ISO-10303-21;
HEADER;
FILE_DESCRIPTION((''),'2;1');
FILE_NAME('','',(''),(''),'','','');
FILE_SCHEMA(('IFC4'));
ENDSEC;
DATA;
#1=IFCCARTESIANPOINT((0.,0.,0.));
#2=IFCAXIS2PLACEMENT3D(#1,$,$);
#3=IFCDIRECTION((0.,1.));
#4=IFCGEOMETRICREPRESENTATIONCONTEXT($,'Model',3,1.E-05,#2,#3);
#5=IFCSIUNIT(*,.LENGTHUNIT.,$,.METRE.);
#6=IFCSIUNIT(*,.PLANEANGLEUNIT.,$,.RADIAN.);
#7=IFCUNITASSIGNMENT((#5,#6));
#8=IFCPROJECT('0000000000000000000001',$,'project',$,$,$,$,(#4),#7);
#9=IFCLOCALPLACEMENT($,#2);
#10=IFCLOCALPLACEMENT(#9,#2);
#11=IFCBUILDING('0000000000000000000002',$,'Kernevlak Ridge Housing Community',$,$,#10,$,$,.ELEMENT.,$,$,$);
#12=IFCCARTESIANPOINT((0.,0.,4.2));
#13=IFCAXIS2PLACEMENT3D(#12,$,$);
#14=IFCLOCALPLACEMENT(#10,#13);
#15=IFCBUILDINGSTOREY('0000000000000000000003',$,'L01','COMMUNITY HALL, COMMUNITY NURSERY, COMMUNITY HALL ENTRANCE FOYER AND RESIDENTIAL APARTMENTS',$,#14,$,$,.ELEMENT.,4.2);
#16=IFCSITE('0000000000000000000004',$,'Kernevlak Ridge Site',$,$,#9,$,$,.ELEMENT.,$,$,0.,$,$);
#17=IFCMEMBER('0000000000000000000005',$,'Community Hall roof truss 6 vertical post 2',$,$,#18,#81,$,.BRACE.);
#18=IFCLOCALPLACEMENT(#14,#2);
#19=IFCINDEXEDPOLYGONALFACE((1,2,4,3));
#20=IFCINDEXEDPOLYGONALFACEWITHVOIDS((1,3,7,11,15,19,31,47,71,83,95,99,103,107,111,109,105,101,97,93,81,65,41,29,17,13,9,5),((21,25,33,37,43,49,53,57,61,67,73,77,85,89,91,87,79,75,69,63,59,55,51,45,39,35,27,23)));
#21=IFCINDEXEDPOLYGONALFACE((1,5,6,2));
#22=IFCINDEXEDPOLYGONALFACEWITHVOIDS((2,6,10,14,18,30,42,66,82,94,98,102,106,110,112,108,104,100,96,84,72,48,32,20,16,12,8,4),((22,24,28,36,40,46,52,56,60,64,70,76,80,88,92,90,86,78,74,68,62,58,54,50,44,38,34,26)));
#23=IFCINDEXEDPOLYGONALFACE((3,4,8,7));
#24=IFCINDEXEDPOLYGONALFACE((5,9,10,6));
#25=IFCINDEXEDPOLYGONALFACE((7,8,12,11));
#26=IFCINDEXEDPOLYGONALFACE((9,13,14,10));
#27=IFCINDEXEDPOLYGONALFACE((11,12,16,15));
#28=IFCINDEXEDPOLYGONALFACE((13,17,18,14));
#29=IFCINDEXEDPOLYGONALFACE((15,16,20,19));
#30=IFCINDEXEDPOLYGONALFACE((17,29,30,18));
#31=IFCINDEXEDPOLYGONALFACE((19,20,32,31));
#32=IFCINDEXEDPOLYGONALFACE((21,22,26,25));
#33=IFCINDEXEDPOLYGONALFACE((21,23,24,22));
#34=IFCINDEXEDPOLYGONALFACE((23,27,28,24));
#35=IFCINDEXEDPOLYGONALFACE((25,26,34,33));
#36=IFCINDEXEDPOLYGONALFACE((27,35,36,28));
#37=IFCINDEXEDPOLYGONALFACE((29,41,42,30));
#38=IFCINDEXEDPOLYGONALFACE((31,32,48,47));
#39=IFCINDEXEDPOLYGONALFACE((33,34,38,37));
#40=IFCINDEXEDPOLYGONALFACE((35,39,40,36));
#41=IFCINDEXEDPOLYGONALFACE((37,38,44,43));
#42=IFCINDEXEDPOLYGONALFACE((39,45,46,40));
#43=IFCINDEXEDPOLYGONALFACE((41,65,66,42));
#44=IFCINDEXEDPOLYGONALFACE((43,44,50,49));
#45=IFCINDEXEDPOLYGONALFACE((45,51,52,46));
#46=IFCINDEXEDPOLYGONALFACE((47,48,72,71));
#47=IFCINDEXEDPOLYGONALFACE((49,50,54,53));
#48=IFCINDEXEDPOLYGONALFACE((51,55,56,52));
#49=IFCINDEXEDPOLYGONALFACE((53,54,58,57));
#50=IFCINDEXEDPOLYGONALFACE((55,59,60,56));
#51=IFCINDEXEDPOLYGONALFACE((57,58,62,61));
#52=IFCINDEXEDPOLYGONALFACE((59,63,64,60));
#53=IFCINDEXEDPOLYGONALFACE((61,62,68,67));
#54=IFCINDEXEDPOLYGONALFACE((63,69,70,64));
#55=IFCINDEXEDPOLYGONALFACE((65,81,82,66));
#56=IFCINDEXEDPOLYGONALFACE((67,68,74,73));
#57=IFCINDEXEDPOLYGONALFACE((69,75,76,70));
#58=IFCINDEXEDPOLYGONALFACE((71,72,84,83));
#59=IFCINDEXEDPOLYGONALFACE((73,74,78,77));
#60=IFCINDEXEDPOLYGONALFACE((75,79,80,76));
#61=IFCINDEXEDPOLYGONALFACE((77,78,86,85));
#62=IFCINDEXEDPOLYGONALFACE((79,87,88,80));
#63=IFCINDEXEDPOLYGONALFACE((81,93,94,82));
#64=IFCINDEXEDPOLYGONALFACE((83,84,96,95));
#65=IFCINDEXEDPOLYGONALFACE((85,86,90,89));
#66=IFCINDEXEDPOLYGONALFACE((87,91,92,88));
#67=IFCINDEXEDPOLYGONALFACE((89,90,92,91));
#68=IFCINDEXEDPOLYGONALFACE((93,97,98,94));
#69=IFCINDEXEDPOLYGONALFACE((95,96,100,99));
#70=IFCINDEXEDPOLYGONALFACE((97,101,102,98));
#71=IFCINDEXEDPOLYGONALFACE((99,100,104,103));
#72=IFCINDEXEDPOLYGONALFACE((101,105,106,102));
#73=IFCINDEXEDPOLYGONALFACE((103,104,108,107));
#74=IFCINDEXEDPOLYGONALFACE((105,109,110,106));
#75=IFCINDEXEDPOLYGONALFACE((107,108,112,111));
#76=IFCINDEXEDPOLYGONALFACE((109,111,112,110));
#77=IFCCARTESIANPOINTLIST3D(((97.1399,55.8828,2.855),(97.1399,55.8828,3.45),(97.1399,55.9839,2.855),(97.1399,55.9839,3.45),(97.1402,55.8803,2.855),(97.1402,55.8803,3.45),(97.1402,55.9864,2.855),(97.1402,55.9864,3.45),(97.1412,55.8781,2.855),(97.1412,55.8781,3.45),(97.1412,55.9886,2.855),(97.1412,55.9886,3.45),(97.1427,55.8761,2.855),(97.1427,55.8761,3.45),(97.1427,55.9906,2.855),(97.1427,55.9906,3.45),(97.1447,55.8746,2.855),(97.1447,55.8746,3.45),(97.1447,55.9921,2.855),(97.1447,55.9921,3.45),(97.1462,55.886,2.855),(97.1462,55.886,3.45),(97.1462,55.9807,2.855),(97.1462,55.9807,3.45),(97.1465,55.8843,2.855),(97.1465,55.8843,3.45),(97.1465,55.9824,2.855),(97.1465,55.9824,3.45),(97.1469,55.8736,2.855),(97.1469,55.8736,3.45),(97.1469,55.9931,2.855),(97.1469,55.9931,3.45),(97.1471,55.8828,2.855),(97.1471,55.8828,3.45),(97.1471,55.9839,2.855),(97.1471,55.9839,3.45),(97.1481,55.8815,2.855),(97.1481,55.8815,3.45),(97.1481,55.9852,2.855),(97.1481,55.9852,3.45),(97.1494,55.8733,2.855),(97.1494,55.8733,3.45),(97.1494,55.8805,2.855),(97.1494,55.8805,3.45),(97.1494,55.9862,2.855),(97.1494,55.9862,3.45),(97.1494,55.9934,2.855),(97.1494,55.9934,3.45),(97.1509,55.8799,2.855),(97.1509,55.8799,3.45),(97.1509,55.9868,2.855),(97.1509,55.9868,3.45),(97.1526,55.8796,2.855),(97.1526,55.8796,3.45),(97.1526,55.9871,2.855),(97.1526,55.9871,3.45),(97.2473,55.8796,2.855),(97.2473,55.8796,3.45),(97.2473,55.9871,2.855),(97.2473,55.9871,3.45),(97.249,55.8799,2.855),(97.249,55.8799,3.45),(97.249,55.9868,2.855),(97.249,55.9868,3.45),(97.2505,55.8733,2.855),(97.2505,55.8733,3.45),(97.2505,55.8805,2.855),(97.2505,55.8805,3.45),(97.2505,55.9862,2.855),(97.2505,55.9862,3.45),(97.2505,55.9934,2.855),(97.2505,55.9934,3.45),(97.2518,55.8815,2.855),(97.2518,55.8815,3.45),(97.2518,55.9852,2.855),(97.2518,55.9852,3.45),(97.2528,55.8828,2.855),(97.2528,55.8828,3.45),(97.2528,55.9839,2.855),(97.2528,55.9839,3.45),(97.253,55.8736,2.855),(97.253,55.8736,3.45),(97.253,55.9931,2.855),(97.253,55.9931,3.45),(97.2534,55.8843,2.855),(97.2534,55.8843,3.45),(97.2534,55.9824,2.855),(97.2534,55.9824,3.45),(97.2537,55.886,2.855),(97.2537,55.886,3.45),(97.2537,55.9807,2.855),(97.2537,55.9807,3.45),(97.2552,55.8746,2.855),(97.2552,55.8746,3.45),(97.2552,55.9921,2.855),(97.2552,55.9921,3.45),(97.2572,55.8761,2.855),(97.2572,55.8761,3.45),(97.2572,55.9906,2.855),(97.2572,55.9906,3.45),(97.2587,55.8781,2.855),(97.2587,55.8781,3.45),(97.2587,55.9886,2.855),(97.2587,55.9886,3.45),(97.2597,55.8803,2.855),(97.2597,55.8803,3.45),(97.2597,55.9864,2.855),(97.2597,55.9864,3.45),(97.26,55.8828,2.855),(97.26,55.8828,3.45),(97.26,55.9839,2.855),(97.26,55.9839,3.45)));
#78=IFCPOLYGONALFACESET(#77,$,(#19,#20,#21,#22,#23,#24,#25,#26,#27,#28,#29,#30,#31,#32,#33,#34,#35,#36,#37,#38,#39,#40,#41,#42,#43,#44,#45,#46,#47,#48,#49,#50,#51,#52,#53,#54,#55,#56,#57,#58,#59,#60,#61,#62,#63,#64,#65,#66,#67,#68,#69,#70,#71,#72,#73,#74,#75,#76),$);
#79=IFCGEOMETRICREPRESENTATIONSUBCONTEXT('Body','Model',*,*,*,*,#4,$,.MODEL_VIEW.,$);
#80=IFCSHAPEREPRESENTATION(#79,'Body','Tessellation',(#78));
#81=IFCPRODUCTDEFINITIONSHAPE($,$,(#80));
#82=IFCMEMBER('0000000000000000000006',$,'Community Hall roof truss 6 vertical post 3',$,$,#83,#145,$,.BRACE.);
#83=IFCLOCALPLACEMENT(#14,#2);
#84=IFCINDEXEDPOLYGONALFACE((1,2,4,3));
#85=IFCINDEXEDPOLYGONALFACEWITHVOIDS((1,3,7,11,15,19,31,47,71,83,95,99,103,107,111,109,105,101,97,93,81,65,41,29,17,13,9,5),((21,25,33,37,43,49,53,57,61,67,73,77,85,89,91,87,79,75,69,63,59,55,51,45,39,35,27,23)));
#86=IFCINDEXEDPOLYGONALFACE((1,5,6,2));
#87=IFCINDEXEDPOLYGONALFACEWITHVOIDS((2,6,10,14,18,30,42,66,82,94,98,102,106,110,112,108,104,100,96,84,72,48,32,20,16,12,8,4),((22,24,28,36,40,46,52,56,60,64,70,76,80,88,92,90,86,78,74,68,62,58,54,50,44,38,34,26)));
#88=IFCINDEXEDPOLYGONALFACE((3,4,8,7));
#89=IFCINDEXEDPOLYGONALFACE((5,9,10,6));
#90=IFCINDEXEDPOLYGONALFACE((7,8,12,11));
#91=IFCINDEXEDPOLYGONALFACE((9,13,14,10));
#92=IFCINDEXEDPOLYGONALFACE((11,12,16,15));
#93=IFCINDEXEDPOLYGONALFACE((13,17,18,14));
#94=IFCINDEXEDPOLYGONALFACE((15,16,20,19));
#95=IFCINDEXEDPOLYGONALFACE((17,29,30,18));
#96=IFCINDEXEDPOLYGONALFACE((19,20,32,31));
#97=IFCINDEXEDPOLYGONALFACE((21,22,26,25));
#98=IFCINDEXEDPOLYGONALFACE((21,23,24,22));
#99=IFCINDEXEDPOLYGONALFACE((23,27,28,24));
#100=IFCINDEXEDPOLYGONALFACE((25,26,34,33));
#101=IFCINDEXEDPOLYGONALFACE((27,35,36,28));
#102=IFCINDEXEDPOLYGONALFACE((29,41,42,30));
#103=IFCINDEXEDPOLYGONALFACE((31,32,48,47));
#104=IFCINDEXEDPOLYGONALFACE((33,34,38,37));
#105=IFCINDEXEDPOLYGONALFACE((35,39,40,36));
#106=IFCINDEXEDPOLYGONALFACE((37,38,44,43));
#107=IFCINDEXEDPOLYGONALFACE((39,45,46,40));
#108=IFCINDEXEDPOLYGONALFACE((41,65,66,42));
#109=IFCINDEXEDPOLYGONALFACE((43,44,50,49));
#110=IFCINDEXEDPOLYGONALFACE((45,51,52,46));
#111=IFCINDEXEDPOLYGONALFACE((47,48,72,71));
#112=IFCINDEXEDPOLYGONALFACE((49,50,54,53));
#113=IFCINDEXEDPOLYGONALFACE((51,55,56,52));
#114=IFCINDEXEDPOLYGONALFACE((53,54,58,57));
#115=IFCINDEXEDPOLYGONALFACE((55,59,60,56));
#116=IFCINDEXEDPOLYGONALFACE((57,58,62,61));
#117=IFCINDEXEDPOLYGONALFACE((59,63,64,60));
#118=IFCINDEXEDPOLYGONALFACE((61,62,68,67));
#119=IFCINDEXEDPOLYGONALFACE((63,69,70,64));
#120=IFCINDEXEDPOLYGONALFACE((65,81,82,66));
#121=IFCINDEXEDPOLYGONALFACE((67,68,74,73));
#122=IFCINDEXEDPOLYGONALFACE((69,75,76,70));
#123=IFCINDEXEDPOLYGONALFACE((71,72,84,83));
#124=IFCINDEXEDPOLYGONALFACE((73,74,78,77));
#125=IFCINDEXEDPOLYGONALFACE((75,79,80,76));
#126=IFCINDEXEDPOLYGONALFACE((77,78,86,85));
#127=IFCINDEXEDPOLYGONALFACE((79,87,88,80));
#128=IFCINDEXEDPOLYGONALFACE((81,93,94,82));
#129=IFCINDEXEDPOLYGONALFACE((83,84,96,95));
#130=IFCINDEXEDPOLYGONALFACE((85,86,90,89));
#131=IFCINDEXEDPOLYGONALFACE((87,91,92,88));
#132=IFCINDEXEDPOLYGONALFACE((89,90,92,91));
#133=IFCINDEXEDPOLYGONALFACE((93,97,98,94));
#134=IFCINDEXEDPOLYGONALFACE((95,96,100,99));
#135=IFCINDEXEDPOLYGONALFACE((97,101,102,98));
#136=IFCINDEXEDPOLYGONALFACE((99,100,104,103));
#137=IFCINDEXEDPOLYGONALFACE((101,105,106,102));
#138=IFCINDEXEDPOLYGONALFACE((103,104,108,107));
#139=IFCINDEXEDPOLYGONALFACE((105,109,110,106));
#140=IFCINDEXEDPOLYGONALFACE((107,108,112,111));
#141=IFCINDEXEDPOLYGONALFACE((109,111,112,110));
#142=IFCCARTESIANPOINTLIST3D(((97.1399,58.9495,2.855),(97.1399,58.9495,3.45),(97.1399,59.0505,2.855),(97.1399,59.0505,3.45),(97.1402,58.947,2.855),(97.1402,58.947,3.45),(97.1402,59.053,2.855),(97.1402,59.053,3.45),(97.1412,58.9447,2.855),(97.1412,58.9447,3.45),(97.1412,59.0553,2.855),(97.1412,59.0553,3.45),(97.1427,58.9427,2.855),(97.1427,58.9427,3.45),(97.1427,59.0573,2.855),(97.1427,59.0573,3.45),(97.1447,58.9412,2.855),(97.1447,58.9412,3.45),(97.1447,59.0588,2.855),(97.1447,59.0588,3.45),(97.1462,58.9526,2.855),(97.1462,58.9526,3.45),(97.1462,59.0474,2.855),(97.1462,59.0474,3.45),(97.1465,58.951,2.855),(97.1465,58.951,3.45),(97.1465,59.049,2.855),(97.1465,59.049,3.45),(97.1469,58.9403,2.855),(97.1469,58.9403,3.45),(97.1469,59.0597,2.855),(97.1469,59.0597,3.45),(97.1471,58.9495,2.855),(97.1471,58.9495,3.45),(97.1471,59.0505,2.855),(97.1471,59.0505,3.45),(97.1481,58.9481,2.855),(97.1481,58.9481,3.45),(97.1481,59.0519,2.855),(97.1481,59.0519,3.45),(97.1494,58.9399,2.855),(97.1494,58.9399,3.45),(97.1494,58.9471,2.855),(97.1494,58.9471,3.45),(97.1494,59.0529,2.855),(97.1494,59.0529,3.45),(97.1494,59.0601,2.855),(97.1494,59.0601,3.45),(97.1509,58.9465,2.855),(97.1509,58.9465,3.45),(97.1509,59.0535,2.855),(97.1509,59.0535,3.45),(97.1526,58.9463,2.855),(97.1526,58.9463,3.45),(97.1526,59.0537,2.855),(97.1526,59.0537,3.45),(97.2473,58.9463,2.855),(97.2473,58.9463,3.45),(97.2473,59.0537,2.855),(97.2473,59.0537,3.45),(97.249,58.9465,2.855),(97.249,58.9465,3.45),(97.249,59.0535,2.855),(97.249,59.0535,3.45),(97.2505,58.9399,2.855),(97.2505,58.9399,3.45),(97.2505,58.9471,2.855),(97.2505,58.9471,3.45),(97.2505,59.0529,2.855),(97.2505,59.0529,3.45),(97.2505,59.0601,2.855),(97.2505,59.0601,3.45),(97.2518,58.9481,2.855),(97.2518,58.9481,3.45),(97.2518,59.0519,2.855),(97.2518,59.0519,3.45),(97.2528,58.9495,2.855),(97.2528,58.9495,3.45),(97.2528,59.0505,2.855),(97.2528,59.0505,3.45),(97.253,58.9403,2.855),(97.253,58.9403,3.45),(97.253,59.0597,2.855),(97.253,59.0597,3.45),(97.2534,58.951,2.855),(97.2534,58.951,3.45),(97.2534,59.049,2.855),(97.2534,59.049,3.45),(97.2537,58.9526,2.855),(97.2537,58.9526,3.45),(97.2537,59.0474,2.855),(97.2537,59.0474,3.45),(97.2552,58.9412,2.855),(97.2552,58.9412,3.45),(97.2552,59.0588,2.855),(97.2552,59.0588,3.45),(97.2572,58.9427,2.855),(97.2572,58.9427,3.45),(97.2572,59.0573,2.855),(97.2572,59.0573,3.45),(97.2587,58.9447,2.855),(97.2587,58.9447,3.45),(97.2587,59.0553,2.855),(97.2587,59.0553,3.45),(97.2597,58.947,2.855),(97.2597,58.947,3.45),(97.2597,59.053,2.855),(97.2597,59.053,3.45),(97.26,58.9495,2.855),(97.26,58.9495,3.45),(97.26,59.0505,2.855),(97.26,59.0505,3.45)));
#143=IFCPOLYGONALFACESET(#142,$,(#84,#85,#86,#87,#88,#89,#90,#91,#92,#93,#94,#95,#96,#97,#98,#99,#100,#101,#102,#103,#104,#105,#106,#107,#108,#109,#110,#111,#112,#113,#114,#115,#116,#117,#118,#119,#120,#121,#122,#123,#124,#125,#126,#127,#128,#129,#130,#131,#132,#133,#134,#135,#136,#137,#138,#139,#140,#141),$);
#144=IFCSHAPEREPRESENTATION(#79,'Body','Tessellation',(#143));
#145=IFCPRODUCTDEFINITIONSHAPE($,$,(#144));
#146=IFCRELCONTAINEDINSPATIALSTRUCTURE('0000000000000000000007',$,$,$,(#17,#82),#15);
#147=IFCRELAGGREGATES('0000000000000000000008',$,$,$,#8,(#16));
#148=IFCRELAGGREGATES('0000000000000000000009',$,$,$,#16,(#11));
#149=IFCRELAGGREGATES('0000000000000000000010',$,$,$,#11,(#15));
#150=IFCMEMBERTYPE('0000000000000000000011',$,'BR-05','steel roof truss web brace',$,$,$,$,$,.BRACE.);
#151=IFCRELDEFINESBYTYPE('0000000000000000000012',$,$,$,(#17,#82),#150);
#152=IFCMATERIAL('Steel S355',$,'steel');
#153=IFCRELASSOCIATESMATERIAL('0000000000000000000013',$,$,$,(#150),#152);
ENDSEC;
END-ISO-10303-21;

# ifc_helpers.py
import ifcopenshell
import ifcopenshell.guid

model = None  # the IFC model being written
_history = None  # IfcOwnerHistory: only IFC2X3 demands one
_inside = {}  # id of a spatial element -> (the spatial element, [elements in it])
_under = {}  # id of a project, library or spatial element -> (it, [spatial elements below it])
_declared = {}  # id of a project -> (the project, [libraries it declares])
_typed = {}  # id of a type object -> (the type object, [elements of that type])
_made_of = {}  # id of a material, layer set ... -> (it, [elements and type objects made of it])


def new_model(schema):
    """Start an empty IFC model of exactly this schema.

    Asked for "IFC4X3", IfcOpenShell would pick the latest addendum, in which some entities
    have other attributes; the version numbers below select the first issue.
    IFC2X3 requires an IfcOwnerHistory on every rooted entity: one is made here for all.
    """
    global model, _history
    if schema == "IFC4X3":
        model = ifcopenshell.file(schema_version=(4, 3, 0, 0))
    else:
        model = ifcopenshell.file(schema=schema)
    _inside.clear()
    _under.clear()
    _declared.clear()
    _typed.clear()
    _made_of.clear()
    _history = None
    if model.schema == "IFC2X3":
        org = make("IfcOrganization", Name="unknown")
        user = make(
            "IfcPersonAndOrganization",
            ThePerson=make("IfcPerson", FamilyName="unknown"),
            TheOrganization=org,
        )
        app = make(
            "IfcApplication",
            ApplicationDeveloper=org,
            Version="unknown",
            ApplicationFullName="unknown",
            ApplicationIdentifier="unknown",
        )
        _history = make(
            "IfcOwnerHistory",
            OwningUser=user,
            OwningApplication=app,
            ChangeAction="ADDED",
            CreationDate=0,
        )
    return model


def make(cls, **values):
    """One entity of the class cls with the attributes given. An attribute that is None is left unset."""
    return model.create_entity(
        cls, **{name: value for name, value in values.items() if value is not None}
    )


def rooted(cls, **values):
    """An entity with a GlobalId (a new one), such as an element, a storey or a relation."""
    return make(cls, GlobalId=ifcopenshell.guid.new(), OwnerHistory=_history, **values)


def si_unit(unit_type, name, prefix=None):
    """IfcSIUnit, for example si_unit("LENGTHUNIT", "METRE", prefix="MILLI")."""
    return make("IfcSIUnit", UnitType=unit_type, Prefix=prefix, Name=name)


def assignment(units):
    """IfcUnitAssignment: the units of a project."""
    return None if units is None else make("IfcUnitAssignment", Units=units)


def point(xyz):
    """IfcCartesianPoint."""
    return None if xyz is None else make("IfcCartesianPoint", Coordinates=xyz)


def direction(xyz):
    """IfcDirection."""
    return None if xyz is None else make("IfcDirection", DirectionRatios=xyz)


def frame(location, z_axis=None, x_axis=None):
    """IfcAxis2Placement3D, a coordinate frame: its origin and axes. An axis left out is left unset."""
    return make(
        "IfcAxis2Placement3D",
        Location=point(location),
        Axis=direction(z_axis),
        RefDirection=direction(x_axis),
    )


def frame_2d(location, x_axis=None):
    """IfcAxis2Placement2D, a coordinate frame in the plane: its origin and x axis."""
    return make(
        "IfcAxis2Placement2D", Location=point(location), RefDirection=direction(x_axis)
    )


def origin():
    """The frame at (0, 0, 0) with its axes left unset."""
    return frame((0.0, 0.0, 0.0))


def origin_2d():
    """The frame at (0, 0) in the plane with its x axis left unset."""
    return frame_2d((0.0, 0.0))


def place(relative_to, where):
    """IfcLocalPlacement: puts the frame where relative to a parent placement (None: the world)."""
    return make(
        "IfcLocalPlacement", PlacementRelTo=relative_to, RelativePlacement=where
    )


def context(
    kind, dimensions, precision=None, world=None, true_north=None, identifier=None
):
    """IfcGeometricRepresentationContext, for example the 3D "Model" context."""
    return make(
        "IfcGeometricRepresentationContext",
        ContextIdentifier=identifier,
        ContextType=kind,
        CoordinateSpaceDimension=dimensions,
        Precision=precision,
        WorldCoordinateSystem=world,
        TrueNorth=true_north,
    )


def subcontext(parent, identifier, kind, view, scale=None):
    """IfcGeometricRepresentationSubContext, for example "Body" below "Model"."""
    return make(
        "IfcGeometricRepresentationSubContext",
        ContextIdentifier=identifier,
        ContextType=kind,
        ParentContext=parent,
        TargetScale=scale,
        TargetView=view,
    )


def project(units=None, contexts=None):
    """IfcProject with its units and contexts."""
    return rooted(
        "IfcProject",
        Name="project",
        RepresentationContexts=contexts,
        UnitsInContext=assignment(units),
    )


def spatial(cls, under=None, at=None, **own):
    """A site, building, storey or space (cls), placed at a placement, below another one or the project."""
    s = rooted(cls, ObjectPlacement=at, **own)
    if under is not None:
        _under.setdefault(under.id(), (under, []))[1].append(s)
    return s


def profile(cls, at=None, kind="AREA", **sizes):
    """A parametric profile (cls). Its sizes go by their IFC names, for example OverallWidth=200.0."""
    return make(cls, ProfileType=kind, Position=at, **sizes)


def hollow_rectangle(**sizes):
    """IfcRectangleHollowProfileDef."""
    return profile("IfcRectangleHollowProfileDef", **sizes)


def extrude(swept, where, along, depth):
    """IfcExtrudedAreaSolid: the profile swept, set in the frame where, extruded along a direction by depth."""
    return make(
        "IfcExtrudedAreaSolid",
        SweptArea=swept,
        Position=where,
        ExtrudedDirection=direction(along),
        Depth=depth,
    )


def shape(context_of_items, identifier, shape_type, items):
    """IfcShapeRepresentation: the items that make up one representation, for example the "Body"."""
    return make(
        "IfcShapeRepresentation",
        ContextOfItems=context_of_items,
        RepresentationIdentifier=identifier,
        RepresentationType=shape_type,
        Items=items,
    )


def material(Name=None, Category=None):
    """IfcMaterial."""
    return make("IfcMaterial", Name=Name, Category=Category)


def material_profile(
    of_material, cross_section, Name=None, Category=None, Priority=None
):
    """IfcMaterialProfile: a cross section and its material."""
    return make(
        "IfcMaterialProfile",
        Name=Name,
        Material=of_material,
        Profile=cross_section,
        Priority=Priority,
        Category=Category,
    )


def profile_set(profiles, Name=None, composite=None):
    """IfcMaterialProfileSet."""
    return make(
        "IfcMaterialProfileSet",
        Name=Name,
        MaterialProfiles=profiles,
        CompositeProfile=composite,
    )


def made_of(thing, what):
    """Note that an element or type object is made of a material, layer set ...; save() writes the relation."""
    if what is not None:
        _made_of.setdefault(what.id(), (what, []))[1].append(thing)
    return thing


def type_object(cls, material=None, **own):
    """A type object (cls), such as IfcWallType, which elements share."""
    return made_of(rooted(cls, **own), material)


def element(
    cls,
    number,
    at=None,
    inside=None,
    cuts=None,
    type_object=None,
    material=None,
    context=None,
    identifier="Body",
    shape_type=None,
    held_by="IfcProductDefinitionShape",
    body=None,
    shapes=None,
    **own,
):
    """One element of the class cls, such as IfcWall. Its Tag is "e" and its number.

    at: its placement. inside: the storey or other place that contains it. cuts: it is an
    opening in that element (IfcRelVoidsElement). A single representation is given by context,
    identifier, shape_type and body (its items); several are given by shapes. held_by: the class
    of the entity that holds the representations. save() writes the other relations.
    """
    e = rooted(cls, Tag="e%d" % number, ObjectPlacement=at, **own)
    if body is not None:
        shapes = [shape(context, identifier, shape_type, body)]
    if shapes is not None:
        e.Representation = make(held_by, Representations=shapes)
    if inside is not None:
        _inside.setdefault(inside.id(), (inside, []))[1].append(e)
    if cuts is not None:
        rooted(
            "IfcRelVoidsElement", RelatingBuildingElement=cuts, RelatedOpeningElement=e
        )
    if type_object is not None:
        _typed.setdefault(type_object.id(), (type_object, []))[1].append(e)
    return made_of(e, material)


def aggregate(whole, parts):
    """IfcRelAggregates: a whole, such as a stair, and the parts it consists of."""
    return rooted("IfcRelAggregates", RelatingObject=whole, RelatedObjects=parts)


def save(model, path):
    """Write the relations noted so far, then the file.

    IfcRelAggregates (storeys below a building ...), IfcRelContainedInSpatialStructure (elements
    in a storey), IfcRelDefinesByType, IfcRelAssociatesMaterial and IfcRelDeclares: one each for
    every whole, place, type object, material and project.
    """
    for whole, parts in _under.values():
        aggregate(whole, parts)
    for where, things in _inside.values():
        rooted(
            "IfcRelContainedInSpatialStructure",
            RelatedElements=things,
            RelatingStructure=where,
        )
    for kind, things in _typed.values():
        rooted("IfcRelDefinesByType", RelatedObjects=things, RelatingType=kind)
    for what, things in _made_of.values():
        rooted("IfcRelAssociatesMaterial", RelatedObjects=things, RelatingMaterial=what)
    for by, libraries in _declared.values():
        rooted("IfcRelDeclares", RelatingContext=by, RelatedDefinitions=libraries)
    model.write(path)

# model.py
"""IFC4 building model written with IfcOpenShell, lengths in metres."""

from ifc_helpers import new_model, si_unit, direction, frame, origin, origin_2d, place, context, subcontext, project, spatial, hollow_rectangle, extrude, material, material_profile, profile_set, type_object, element, save


model = new_model("IFC4")

# Units and contexts
model_context = context("Model", 3, precision=1e-05, world=origin(), true_north=direction((0.0, 1.0)))
body_context = subcontext(model_context, "Body", "Model", "MODEL_VIEW")
ifc_project = project(units=[si_unit("LENGTHUNIT", "METRE"), si_unit("PLANEANGLEUNIT", "RADIAN")], contexts=[model_context])

# Site, building, storey
site_placement = place(None, origin())
site = spatial("IfcSite", under=ifc_project, at=site_placement, Name="Kernevlak Ridge Site", CompositionType="ELEMENT", RefElevation=0.0)
building_placement = place(site_placement, origin())
building = spatial("IfcBuilding", under=site, at=building_placement, Name="Kernevlak Ridge Housing Community", CompositionType="ELEMENT")
storey_placement = place(building_placement, frame((0.0, 0.0, 4.2)))
storey = spatial("IfcBuildingStorey", under=building, at=storey_placement, Name="L01", Description="COMMUNITY HALL, COMMUNITY NURSERY, COMMUNITY HALL ENTRANCE FOYER AND RESIDENTIAL APARTMENTS", CompositionType="ELEMENT", Elevation=4.2)

# Members
ifc_material_1 = material(Name="Steel S355", Category="steel")
ifc_material_profile_1 = material_profile(ifc_material_1, hollow_rectangle(XDim=0.1201, YDim=0.1201, WallThickness=0.0063, InnerFilletRadius=0.0063, OuterFilletRadius=0.0095, at=origin_2d()), Name="SHS 120x120x6.3")
ifc_profile_set_1 = profile_set([ifc_material_profile_1], Name="Steel S355")
member_type_1 = type_object("IfcMemberType", Name="BR-05", Description="steel roof truss web brace", PredefinedType="BRACE", material=ifc_profile_set_1)
for number, where, z_axis, x_axis, name in (
    (1, (97.2, 55.9333, 2.855), (0.0, 0.0, 1.0), (1.0, 0.0, 0.0), "Community Hall roof truss 6 vertical post 2"),
    (2, (97.2, 59.0, 2.855), (0.0, 0.0, 1.0), (1.0, 0.0, 0.0), "Community Hall roof truss 6 vertical post 3"),
):
    element("IfcMember", number, at=place(storey_placement, frame(where, z_axis=z_axis, x_axis=x_axis)), inside=storey, type_object=member_type_1, Name=name, PredefinedType="BRACE", context=body_context, shape_type="SweptSolid", body=[
        extrude(hollow_rectangle(XDim=0.1201, YDim=0.1201, WallThickness=0.0063, InnerFilletRadius=0.0063, OuterFilletRadius=0.0095, at=origin_2d()), origin(), (0.0, 0.0, 1.0), 0.595),
    ])

save(model, "model.ifc")
